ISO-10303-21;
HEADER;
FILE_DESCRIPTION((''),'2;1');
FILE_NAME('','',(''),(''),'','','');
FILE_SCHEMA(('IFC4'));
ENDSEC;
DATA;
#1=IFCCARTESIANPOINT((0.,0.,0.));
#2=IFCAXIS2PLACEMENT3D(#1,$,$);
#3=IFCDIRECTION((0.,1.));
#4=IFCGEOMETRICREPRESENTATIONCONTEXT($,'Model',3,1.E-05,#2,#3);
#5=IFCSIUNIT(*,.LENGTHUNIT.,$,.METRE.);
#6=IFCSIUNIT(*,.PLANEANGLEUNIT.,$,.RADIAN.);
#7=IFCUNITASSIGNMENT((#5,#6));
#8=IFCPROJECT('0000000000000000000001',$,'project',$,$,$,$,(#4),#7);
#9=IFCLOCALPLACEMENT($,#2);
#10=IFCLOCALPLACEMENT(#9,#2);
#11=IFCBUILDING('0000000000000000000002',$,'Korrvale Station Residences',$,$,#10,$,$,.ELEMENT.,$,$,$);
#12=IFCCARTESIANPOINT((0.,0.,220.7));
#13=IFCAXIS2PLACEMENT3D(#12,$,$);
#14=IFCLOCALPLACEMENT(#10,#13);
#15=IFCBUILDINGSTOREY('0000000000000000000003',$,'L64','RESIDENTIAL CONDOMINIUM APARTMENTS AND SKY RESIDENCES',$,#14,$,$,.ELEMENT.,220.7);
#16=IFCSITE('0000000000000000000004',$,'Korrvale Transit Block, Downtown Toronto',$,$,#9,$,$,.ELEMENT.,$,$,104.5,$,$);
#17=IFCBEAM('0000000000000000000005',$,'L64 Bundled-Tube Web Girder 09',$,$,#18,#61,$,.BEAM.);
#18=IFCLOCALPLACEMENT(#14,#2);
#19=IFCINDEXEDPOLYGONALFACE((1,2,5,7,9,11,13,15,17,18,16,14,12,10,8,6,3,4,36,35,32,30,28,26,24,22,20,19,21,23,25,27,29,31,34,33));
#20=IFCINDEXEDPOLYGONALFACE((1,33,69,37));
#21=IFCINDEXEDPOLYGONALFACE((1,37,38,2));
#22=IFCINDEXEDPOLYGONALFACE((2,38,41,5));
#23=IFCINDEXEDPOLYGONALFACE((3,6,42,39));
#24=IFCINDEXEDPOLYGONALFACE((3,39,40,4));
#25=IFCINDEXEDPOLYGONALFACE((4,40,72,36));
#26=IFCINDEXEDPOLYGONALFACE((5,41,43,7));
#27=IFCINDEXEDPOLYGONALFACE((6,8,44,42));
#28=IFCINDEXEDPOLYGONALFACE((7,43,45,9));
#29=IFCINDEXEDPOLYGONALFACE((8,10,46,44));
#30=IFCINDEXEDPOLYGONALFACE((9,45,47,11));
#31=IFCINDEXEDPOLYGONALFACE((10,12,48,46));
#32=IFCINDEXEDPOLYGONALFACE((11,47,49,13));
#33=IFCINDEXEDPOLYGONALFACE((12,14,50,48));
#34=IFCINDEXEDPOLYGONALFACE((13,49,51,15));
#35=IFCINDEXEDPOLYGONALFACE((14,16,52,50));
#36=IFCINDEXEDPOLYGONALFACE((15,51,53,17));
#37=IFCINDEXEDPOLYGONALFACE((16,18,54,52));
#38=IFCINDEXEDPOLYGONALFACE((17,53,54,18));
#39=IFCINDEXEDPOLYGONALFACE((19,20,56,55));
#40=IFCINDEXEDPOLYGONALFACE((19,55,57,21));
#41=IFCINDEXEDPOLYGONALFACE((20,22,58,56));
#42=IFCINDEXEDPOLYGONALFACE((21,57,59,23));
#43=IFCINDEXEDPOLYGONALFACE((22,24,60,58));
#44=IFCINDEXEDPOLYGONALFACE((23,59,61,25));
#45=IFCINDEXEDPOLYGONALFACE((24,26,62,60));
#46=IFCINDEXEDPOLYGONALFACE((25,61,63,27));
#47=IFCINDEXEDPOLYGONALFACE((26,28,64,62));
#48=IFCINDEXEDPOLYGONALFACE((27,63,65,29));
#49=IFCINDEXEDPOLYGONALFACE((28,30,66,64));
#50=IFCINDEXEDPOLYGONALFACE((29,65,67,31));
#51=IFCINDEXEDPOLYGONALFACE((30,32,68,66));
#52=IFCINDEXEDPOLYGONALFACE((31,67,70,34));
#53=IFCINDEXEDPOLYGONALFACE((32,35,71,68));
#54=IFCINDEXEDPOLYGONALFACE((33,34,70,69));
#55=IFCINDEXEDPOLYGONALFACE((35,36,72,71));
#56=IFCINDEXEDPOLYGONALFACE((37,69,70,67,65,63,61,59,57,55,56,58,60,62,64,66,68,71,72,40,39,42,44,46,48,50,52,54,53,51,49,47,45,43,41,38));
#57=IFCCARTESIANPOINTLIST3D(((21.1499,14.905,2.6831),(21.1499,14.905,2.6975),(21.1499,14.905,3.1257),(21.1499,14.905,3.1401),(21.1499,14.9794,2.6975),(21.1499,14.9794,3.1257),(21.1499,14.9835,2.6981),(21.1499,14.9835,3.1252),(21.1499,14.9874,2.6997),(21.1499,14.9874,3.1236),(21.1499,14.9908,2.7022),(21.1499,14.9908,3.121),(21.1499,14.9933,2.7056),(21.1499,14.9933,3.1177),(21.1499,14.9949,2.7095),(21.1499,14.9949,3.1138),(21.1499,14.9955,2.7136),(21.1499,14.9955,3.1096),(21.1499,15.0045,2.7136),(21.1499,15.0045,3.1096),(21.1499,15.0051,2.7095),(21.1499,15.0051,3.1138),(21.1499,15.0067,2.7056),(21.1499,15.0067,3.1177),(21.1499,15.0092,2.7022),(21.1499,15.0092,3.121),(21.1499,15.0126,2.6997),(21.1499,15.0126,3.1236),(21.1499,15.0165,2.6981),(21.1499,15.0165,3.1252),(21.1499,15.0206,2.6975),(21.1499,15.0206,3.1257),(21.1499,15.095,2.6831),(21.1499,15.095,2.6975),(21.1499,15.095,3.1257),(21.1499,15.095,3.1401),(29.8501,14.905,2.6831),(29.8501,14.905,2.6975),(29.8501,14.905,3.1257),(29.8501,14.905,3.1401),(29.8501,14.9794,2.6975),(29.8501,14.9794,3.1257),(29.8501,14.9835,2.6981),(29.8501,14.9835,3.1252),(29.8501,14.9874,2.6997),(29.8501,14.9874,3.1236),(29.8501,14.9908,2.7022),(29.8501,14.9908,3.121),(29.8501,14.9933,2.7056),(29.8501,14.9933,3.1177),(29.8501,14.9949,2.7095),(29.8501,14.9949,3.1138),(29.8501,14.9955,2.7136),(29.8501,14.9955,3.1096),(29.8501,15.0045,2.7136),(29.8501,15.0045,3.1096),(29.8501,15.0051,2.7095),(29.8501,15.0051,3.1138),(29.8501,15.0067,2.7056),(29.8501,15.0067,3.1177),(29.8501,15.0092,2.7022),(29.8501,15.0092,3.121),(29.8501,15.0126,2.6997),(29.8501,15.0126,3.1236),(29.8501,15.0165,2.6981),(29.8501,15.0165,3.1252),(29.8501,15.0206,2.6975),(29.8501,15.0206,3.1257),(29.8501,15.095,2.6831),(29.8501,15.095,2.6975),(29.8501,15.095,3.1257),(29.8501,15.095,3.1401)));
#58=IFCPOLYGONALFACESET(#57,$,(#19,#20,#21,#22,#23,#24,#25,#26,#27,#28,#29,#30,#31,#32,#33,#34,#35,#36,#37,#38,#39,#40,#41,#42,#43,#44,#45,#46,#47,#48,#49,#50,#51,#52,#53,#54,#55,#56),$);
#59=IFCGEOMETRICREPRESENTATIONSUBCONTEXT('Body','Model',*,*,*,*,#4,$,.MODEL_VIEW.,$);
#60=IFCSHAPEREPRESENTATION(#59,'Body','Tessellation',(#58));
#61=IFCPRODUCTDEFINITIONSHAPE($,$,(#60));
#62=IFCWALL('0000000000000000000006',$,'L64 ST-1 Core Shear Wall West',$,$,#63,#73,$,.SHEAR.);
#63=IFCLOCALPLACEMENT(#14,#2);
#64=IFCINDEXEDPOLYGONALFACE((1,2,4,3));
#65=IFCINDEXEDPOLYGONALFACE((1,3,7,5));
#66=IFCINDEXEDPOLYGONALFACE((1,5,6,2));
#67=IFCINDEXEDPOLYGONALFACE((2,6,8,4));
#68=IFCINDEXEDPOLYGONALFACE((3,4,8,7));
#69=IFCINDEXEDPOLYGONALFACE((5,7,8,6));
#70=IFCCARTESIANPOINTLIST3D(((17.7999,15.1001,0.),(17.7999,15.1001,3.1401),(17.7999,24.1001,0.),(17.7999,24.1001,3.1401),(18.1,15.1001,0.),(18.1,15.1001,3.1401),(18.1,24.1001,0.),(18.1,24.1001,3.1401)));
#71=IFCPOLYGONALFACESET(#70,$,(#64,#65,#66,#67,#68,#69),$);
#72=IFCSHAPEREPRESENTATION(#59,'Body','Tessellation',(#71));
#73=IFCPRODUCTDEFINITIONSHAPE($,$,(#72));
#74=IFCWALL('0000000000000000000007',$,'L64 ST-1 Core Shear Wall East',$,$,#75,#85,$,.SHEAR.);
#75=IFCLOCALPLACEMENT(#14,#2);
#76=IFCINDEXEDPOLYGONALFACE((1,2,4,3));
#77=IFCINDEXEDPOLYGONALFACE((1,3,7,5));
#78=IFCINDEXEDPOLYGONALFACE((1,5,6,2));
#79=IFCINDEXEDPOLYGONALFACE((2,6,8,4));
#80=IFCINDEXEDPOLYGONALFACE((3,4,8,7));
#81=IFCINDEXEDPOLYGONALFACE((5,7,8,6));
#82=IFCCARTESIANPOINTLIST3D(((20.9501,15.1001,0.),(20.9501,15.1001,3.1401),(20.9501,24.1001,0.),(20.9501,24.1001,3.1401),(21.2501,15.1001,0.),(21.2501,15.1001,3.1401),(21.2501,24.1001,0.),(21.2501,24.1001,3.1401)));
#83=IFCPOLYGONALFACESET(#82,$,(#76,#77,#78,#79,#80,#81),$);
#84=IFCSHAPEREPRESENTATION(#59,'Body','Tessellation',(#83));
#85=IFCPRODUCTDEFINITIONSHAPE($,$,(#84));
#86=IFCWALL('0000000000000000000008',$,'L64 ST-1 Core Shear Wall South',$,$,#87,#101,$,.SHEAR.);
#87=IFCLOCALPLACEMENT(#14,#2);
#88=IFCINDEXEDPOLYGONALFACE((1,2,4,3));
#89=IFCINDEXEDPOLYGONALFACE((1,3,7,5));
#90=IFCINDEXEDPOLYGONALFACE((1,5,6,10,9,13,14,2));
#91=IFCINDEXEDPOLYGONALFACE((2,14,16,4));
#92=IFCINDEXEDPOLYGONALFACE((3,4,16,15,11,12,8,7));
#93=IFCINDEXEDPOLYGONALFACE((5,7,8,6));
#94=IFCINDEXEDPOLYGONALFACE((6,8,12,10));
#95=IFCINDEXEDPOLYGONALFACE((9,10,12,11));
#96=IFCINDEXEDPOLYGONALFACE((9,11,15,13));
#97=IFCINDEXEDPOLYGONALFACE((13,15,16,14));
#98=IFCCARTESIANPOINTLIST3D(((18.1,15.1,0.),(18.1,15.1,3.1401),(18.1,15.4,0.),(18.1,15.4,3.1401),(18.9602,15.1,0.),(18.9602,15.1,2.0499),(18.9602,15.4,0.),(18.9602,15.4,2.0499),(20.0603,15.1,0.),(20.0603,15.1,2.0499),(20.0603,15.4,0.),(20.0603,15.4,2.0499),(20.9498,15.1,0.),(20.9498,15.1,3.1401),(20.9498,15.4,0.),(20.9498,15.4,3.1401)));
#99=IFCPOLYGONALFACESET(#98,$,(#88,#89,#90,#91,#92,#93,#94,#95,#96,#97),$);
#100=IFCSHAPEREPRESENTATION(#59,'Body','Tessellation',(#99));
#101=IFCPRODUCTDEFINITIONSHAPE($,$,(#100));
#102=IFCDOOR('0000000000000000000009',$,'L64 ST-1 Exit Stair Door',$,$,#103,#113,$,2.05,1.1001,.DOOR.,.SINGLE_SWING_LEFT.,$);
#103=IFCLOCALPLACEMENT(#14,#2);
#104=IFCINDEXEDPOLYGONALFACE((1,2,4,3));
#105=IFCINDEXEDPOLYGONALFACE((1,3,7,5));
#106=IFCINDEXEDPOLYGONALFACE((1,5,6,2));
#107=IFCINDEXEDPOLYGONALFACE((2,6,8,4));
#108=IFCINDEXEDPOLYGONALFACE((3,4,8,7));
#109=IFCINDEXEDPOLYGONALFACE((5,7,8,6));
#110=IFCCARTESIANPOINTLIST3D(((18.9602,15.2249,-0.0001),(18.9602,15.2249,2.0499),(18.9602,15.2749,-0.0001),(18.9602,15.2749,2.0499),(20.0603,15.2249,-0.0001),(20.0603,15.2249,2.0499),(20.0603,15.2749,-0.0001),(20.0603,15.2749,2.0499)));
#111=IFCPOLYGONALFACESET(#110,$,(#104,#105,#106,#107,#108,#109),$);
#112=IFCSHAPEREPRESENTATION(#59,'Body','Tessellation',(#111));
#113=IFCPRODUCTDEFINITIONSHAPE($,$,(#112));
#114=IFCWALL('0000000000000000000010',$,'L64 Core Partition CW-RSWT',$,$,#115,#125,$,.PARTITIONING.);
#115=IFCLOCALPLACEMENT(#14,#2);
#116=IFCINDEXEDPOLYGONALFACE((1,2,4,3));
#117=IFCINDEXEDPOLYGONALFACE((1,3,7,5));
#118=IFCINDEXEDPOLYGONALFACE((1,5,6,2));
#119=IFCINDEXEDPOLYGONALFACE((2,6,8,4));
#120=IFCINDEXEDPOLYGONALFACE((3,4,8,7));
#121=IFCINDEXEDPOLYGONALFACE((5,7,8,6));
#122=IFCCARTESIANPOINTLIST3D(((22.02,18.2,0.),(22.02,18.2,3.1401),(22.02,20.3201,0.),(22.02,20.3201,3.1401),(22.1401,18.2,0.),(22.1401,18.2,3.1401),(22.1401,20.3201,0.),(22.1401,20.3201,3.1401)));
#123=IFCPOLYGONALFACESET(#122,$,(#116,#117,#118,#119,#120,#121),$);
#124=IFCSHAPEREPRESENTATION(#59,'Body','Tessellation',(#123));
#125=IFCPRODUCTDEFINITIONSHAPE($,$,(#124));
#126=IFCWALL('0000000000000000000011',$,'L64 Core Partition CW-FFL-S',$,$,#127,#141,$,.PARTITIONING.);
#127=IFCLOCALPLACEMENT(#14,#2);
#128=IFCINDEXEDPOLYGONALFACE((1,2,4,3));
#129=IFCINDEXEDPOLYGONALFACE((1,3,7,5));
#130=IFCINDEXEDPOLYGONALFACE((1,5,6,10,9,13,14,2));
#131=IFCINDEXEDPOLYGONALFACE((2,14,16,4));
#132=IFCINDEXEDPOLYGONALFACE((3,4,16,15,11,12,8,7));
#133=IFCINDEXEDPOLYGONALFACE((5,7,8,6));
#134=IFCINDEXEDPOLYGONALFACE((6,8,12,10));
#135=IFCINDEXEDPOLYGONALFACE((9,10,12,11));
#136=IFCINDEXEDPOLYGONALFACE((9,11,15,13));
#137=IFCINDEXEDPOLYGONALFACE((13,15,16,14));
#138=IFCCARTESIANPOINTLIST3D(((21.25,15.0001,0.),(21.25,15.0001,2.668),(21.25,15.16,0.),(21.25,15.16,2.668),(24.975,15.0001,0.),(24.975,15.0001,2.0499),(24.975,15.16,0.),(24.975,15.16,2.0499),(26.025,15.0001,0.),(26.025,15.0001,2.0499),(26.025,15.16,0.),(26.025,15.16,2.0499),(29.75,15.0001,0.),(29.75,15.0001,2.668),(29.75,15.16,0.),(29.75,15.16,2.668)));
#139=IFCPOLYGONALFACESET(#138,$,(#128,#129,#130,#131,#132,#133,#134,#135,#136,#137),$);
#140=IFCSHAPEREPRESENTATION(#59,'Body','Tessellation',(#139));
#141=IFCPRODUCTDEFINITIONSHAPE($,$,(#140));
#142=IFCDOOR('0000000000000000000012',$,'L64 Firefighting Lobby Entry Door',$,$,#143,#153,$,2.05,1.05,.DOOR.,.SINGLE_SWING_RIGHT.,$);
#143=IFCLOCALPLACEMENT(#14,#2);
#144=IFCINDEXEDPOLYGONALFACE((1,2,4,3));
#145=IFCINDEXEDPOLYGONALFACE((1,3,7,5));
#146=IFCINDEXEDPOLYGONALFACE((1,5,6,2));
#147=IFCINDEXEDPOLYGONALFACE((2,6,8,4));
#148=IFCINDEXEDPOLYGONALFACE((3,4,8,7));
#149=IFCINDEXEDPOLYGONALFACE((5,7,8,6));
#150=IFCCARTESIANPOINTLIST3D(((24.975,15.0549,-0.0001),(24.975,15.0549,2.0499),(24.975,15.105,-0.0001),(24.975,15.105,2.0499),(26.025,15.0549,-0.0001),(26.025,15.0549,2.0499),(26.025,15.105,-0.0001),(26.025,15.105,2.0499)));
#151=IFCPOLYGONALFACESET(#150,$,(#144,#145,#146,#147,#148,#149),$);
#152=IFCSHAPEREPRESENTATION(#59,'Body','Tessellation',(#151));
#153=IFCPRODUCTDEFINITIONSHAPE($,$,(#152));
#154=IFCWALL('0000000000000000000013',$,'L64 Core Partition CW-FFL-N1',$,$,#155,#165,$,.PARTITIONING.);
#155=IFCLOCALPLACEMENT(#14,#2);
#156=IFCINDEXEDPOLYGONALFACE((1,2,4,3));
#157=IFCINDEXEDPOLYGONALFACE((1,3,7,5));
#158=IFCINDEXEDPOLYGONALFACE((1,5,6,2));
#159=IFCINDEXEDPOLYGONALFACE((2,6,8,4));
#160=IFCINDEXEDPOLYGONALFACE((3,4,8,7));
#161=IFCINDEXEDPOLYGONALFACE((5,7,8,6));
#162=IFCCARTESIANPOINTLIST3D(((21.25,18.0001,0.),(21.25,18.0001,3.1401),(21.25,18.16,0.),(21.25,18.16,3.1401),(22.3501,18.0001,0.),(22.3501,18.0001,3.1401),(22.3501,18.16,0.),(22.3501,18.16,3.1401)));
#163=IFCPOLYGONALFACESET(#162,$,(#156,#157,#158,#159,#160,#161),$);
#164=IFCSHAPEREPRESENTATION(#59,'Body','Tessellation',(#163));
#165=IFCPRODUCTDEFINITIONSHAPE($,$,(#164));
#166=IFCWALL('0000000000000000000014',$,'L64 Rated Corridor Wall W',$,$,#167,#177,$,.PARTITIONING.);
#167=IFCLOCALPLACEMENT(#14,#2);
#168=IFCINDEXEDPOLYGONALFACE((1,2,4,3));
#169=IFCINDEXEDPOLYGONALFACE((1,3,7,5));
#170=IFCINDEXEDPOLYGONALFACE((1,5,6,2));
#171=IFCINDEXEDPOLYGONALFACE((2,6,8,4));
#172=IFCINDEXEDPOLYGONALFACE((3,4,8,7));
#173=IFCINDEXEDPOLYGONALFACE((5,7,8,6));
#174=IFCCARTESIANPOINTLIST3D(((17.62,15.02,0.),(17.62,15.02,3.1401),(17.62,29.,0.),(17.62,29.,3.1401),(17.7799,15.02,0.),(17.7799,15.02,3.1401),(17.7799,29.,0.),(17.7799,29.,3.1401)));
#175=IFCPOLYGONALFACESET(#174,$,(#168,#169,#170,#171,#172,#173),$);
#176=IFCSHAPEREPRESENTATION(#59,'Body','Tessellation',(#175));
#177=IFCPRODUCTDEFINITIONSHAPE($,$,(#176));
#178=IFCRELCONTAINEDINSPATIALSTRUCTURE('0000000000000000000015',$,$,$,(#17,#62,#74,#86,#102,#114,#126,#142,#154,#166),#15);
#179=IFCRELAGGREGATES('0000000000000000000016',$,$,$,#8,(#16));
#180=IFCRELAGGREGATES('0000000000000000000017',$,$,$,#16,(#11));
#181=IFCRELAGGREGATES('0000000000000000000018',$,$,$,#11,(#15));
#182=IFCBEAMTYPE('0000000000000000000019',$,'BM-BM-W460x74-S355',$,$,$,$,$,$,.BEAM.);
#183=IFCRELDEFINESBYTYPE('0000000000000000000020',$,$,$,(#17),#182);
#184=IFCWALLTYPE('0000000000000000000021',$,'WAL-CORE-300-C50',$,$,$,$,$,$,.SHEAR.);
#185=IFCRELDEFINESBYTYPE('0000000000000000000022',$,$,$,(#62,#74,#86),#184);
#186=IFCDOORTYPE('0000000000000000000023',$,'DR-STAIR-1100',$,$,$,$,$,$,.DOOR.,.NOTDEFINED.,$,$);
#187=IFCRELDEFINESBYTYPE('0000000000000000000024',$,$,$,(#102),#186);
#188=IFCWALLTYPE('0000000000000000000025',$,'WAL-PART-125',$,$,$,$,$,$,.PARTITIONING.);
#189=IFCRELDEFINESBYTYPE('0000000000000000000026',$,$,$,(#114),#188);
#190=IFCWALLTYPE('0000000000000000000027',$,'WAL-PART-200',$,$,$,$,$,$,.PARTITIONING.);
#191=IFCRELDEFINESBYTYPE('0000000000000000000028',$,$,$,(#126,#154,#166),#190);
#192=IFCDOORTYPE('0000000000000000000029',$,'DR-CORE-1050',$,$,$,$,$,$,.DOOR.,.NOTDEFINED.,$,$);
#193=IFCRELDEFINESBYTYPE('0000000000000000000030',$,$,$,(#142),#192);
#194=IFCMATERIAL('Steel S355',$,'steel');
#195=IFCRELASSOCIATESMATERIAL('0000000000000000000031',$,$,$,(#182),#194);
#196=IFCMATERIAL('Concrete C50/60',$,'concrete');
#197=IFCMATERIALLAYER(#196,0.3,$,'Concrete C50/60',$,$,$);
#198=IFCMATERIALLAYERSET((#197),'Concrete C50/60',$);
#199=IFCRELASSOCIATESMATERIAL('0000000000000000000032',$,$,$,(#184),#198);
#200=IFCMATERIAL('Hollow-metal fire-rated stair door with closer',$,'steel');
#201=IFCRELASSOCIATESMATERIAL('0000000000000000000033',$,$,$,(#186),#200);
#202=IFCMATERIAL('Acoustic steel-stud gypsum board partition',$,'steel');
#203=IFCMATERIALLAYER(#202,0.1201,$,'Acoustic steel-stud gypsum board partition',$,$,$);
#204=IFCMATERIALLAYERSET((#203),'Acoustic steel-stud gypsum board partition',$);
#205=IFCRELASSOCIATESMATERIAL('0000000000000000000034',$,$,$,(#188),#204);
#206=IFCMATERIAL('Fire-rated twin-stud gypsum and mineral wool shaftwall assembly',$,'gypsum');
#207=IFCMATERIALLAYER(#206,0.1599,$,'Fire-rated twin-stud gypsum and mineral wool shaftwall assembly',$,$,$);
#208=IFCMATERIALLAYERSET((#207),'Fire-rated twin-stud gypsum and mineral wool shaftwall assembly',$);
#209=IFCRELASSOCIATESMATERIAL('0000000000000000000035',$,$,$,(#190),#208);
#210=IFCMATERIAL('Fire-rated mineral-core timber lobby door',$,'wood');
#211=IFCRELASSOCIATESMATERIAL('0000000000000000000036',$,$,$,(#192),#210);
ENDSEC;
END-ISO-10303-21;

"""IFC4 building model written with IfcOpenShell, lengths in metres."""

from ifc_helpers import new_model, si_unit, direction, frame, frame_2d, origin, origin_2d, place, context, subcontext, project, spatial, rectangle, i_section, extrude, material, layer, layer_set, material_profile, profile_set, type_object, element, fill, save


model = new_model("IFC4")

# Units and contexts
model_context = context("Model", 3, precision=1e-05, world=origin(), true_north=direction((0.0, 1.0)))
body_context = subcontext(model_context, "Body", "Model", "MODEL_VIEW")
ifc_project = project(units=[si_unit("LENGTHUNIT", "METRE"), si_unit("PLANEANGLEUNIT", "RADIAN")], contexts=[model_context])

# Site, building, storey
site_placement = place(None, origin())
site = spatial("IfcSite", under=ifc_project, at=site_placement, Name="Korrvale Transit Block, Downtown Toronto", CompositionType="ELEMENT", RefElevation=104.5)
building_placement = place(site_placement, origin())
building = spatial("IfcBuilding", under=site, at=building_placement, Name="Korrvale Station Residences", CompositionType="ELEMENT")
storey_placement = place(building_placement, frame((0.0, 0.0, 220.7)))
storey = spatial("IfcBuildingStorey", under=building, at=storey_placement, Name="L64", Description="RESIDENTIAL CONDOMINIUM APARTMENTS AND SKY RESIDENCES", CompositionType="ELEMENT", Elevation=220.7)

# Beam
ifc_material_1 = material(Name="Steel S355", Category="steel")
ifc_material_profile = material_profile(ifc_material_1, i_section(OverallWidth=0.1899, OverallDepth=0.457, WebThickness=0.009, FlangeThickness=0.0144, FilletRadius=0.0161, at=origin_2d()), Name="W460x74")
ifc_profile_set = profile_set([ifc_material_profile], Name="Steel S355")
beam_type = type_object("IfcBeamType", Name="BM-BM-W460x74-S355", PredefinedType="BEAM", material=ifc_profile_set)
beam_placement = place(storey_placement, frame((21.1499, 15.0, 2.9116), z_axis=(1.0, 0.0, 0.0), x_axis=(0.0, 1.0, 0.0)))
element("IfcBeam", 1, at=beam_placement, inside=storey, type_object=beam_type, Name="L64 Bundled-Tube Web Girder 09", PredefinedType="BEAM", context=body_context, shape_type="SweptSolid", body=[
    extrude(i_section(OverallWidth=0.1899, OverallDepth=0.457, WebThickness=0.009, FlangeThickness=0.0144, FilletRadius=0.0161, at=origin_2d()), origin(), (0.0, 0.0, 1.0), 8.7002),
])

# Walls
ifc_material_2 = material(Name="Concrete C50/60", Category="concrete")
ifc_layer_1 = layer(ifc_material_2, 0.3, Name="Concrete C50/60")
ifc_layer_set_1 = layer_set([ifc_layer_1], Name="Concrete C50/60")
wall_type_1 = type_object("IfcWallType", Name="WAL-CORE-300-C50", PredefinedType="SHEAR", material=ifc_layer_set_1)
for number, where, z_axis, x_axis, name in (
    (2, (17.95, 15.1001, 0.0), (0.0, 0.0, 1.0), (0.0, 1.0, 0.0), "L64 ST-1 Core Shear Wall West"),
    (3, (21.1001, 15.1001, 0.0), (0.0, 0.0, 1.0), (0.0, 1.0, 0.0), "L64 ST-1 Core Shear Wall East"),
):
    element("IfcWall", number, at=place(storey_placement, frame(where, z_axis=z_axis, x_axis=x_axis)), inside=storey, type_object=wall_type_1, Name=name, PredefinedType="SHEAR", context=body_context, shape_type="SweptSolid", body=[
        extrude(rectangle(XDim=9.0, YDim=0.3, at=frame_2d((4.5, 0.0))), origin(), (0.0, 0.0, 1.0), 3.1401),
    ])

# Wall, opening, door
wall_1_placement = place(storey_placement, frame((18.1001, 15.25, 0.0), z_axis=(0.0, 0.0, 1.0), x_axis=(1.0, 0.0, 0.0)))
wall_1 = element("IfcWall", 4, at=wall_1_placement, inside=storey, type_object=wall_type_1, Name="L64 ST-1 Core Shear Wall South", PredefinedType="SHEAR", context=body_context, shape_type="SweptSolid", body=[
    extrude(rectangle(XDim=2.8499, YDim=0.3, at=frame_2d((1.4248, 0.0))), origin(), (0.0, 0.0, 1.0), 3.1401),
])
opening_1_placement = place(wall_1_placement, frame((0.8601, 0.0, 0.0)))
opening_1 = element("IfcOpeningElement", 5, at=opening_1_placement, cuts=wall_1, PredefinedType="OPENING", context=body_context, shape_type="SweptSolid", body=[
    extrude(rectangle(XDim=1.1001, YDim=2.05, at=frame_2d((0.55, 1.0249))), frame((0.0, 0.1602, 0.0), z_axis=(0.0, -1.0, 0.0), x_axis=(1.0, 0.0, 0.0)), (0.0, 0.0, 1.0), 0.3201),
])
ifc_material_3 = material(Name="Hollow-metal fire-rated stair door with closer", Category="steel")
door_type_1 = type_object("IfcDoorType", Name="DR-STAIR-1100", OperationType="NOTDEFINED", PredefinedType="DOOR", material=ifc_material_3)
door_1_placement = place(opening_1_placement, origin())
door_1 = element("IfcDoor", 6, at=door_1_placement, inside=storey, type_object=door_type_1, Name="L64 ST-1 Exit Stair Door", OperationType="SINGLE_SWING_LEFT", OverallHeight=2.05, OverallWidth=1.1001, PredefinedType="DOOR", context=body_context, shape_type="SweptSolid", body=[
    extrude(rectangle(XDim=1.1001, YDim=2.05, at=frame_2d((0.55, 1.0249))), frame((0.0, 0.0249, 0.0), z_axis=(0.0, -1.0, 0.0), x_axis=(1.0, 0.0, 0.0)), (0.0, 0.0, 1.0), 0.05),
])
fill(opening_1, door_1)

# Wall
ifc_material_4 = material(Name="Acoustic steel-stud gypsum board partition", Category="steel")
ifc_layer_2 = layer(ifc_material_4, 0.1201, Name="Acoustic steel-stud gypsum board partition")
ifc_layer_set_2 = layer_set([ifc_layer_2], Name="Acoustic steel-stud gypsum board partition")
wall_type_2 = type_object("IfcWallType", Name="WAL-PART-125", PredefinedType="PARTITIONING", material=ifc_layer_set_2)
wall_2_placement = place(storey_placement, frame((22.0801, 18.2, 0.0), z_axis=(0.0, 0.0, 1.0), x_axis=(0.0, 1.0, 0.0)))
element("IfcWall", 7, at=wall_2_placement, inside=storey, type_object=wall_type_2, Name="L64 Core Partition CW-RSWT", PredefinedType="PARTITIONING", context=body_context, shape_type="SweptSolid", body=[
    extrude(rectangle(XDim=2.1201, YDim=0.1201, at=frame_2d((1.0601, 0.0))), origin(), (0.0, 0.0, 1.0), 3.1401),
])

# Wall, opening, door
ifc_material_5 = material(Name="Fire-rated twin-stud gypsum and mineral wool shaftwall assembly", Category="gypsum")
ifc_layer_3 = layer(ifc_material_5, 0.1599, Name="Fire-rated twin-stud gypsum and mineral wool shaftwall assembly")
ifc_layer_set_3 = layer_set([ifc_layer_3], Name="Fire-rated twin-stud gypsum and mineral wool shaftwall assembly")
wall_type_3 = type_object("IfcWallType", Name="WAL-PART-200", PredefinedType="PARTITIONING", material=ifc_layer_set_3)
wall_3_placement = place(storey_placement, frame((21.25, 15.0801, 0.0), z_axis=(0.0, 0.0, 1.0), x_axis=(1.0, 0.0, 0.0)))
wall_3 = element("IfcWall", 8, at=wall_3_placement, inside=storey, type_object=wall_type_3, Name="L64 Core Partition CW-FFL-S", PredefinedType="PARTITIONING", context=body_context, shape_type="SweptSolid", body=[
    extrude(rectangle(XDim=8.5, YDim=0.1599, at=frame_2d((4.25, 0.0))), origin(), (0.0, 0.0, 1.0), 2.668),
])
opening_2_placement = place(wall_3_placement, frame((3.7251, 0.0, 0.0)))
opening_2 = element("IfcOpeningElement", 9, at=opening_2_placement, cuts=wall_3, PredefinedType="OPENING", context=body_context, shape_type="SweptSolid", body=[
    extrude(rectangle(XDim=1.05, YDim=2.05, at=frame_2d((0.5249, 1.0249))), frame((0.0, 0.0898, 0.0), z_axis=(0.0, -1.0, 0.0), x_axis=(1.0, 0.0, 0.0)), (0.0, 0.0, 1.0), 0.1799),
])
ifc_material_6 = material(Name="Fire-rated mineral-core timber lobby door", Category="wood")
door_type_2 = type_object("IfcDoorType", Name="DR-CORE-1050", OperationType="NOTDEFINED", PredefinedType="DOOR", material=ifc_material_6)
door_2_placement = place(opening_2_placement, origin())
door_2 = element("IfcDoor", 10, at=door_2_placement, inside=storey, type_object=door_type_2, Name="L64 Firefighting Lobby Entry Door", OperationType="SINGLE_SWING_RIGHT", OverallHeight=2.05, OverallWidth=1.05, PredefinedType="DOOR", context=body_context, shape_type="SweptSolid", body=[
    extrude(rectangle(XDim=1.05, YDim=2.05, at=frame_2d((0.5249, 1.0249))), frame((0.0, 0.0249, 0.0), z_axis=(0.0, -1.0, 0.0), x_axis=(1.0, 0.0, 0.0)), (0.0, 0.0, 1.0), 0.05),
])
fill(opening_2, door_2)

# Walls
wall_4_placement = place(storey_placement, frame((21.25, 18.0801, 0.0), z_axis=(0.0, 0.0, 1.0), x_axis=(1.0, 0.0, 0.0)))
element("IfcWall", 11, at=wall_4_placement, inside=storey, type_object=wall_type_3, Name="L64 Core Partition CW-FFL-N1", PredefinedType="PARTITIONING", context=body_context, shape_type="SweptSolid", body=[
    extrude(rectangle(XDim=1.1001, YDim=0.1599, at=frame_2d((0.55, 0.0))), origin(), (0.0, 0.0, 1.0), 3.1401),
])
wall_5_placement = place(storey_placement, frame((17.7, 15.02, 0.0), z_axis=(0.0, 0.0, 1.0), x_axis=(0.0, 1.0, 0.0)))
element("IfcWall", 12, at=wall_5_placement, inside=storey, type_object=wall_type_3, Name="L64 Rated Corridor Wall W", PredefinedType="PARTITIONING", context=body_context, shape_type="SweptSolid", body=[
    extrude(rectangle(XDim=13.98, YDim=0.1599, at=frame_2d((6.99, 0.0))), origin(), (0.0, 0.0, 1.0), 3.1401),
])

save(model, "model.ifc")
